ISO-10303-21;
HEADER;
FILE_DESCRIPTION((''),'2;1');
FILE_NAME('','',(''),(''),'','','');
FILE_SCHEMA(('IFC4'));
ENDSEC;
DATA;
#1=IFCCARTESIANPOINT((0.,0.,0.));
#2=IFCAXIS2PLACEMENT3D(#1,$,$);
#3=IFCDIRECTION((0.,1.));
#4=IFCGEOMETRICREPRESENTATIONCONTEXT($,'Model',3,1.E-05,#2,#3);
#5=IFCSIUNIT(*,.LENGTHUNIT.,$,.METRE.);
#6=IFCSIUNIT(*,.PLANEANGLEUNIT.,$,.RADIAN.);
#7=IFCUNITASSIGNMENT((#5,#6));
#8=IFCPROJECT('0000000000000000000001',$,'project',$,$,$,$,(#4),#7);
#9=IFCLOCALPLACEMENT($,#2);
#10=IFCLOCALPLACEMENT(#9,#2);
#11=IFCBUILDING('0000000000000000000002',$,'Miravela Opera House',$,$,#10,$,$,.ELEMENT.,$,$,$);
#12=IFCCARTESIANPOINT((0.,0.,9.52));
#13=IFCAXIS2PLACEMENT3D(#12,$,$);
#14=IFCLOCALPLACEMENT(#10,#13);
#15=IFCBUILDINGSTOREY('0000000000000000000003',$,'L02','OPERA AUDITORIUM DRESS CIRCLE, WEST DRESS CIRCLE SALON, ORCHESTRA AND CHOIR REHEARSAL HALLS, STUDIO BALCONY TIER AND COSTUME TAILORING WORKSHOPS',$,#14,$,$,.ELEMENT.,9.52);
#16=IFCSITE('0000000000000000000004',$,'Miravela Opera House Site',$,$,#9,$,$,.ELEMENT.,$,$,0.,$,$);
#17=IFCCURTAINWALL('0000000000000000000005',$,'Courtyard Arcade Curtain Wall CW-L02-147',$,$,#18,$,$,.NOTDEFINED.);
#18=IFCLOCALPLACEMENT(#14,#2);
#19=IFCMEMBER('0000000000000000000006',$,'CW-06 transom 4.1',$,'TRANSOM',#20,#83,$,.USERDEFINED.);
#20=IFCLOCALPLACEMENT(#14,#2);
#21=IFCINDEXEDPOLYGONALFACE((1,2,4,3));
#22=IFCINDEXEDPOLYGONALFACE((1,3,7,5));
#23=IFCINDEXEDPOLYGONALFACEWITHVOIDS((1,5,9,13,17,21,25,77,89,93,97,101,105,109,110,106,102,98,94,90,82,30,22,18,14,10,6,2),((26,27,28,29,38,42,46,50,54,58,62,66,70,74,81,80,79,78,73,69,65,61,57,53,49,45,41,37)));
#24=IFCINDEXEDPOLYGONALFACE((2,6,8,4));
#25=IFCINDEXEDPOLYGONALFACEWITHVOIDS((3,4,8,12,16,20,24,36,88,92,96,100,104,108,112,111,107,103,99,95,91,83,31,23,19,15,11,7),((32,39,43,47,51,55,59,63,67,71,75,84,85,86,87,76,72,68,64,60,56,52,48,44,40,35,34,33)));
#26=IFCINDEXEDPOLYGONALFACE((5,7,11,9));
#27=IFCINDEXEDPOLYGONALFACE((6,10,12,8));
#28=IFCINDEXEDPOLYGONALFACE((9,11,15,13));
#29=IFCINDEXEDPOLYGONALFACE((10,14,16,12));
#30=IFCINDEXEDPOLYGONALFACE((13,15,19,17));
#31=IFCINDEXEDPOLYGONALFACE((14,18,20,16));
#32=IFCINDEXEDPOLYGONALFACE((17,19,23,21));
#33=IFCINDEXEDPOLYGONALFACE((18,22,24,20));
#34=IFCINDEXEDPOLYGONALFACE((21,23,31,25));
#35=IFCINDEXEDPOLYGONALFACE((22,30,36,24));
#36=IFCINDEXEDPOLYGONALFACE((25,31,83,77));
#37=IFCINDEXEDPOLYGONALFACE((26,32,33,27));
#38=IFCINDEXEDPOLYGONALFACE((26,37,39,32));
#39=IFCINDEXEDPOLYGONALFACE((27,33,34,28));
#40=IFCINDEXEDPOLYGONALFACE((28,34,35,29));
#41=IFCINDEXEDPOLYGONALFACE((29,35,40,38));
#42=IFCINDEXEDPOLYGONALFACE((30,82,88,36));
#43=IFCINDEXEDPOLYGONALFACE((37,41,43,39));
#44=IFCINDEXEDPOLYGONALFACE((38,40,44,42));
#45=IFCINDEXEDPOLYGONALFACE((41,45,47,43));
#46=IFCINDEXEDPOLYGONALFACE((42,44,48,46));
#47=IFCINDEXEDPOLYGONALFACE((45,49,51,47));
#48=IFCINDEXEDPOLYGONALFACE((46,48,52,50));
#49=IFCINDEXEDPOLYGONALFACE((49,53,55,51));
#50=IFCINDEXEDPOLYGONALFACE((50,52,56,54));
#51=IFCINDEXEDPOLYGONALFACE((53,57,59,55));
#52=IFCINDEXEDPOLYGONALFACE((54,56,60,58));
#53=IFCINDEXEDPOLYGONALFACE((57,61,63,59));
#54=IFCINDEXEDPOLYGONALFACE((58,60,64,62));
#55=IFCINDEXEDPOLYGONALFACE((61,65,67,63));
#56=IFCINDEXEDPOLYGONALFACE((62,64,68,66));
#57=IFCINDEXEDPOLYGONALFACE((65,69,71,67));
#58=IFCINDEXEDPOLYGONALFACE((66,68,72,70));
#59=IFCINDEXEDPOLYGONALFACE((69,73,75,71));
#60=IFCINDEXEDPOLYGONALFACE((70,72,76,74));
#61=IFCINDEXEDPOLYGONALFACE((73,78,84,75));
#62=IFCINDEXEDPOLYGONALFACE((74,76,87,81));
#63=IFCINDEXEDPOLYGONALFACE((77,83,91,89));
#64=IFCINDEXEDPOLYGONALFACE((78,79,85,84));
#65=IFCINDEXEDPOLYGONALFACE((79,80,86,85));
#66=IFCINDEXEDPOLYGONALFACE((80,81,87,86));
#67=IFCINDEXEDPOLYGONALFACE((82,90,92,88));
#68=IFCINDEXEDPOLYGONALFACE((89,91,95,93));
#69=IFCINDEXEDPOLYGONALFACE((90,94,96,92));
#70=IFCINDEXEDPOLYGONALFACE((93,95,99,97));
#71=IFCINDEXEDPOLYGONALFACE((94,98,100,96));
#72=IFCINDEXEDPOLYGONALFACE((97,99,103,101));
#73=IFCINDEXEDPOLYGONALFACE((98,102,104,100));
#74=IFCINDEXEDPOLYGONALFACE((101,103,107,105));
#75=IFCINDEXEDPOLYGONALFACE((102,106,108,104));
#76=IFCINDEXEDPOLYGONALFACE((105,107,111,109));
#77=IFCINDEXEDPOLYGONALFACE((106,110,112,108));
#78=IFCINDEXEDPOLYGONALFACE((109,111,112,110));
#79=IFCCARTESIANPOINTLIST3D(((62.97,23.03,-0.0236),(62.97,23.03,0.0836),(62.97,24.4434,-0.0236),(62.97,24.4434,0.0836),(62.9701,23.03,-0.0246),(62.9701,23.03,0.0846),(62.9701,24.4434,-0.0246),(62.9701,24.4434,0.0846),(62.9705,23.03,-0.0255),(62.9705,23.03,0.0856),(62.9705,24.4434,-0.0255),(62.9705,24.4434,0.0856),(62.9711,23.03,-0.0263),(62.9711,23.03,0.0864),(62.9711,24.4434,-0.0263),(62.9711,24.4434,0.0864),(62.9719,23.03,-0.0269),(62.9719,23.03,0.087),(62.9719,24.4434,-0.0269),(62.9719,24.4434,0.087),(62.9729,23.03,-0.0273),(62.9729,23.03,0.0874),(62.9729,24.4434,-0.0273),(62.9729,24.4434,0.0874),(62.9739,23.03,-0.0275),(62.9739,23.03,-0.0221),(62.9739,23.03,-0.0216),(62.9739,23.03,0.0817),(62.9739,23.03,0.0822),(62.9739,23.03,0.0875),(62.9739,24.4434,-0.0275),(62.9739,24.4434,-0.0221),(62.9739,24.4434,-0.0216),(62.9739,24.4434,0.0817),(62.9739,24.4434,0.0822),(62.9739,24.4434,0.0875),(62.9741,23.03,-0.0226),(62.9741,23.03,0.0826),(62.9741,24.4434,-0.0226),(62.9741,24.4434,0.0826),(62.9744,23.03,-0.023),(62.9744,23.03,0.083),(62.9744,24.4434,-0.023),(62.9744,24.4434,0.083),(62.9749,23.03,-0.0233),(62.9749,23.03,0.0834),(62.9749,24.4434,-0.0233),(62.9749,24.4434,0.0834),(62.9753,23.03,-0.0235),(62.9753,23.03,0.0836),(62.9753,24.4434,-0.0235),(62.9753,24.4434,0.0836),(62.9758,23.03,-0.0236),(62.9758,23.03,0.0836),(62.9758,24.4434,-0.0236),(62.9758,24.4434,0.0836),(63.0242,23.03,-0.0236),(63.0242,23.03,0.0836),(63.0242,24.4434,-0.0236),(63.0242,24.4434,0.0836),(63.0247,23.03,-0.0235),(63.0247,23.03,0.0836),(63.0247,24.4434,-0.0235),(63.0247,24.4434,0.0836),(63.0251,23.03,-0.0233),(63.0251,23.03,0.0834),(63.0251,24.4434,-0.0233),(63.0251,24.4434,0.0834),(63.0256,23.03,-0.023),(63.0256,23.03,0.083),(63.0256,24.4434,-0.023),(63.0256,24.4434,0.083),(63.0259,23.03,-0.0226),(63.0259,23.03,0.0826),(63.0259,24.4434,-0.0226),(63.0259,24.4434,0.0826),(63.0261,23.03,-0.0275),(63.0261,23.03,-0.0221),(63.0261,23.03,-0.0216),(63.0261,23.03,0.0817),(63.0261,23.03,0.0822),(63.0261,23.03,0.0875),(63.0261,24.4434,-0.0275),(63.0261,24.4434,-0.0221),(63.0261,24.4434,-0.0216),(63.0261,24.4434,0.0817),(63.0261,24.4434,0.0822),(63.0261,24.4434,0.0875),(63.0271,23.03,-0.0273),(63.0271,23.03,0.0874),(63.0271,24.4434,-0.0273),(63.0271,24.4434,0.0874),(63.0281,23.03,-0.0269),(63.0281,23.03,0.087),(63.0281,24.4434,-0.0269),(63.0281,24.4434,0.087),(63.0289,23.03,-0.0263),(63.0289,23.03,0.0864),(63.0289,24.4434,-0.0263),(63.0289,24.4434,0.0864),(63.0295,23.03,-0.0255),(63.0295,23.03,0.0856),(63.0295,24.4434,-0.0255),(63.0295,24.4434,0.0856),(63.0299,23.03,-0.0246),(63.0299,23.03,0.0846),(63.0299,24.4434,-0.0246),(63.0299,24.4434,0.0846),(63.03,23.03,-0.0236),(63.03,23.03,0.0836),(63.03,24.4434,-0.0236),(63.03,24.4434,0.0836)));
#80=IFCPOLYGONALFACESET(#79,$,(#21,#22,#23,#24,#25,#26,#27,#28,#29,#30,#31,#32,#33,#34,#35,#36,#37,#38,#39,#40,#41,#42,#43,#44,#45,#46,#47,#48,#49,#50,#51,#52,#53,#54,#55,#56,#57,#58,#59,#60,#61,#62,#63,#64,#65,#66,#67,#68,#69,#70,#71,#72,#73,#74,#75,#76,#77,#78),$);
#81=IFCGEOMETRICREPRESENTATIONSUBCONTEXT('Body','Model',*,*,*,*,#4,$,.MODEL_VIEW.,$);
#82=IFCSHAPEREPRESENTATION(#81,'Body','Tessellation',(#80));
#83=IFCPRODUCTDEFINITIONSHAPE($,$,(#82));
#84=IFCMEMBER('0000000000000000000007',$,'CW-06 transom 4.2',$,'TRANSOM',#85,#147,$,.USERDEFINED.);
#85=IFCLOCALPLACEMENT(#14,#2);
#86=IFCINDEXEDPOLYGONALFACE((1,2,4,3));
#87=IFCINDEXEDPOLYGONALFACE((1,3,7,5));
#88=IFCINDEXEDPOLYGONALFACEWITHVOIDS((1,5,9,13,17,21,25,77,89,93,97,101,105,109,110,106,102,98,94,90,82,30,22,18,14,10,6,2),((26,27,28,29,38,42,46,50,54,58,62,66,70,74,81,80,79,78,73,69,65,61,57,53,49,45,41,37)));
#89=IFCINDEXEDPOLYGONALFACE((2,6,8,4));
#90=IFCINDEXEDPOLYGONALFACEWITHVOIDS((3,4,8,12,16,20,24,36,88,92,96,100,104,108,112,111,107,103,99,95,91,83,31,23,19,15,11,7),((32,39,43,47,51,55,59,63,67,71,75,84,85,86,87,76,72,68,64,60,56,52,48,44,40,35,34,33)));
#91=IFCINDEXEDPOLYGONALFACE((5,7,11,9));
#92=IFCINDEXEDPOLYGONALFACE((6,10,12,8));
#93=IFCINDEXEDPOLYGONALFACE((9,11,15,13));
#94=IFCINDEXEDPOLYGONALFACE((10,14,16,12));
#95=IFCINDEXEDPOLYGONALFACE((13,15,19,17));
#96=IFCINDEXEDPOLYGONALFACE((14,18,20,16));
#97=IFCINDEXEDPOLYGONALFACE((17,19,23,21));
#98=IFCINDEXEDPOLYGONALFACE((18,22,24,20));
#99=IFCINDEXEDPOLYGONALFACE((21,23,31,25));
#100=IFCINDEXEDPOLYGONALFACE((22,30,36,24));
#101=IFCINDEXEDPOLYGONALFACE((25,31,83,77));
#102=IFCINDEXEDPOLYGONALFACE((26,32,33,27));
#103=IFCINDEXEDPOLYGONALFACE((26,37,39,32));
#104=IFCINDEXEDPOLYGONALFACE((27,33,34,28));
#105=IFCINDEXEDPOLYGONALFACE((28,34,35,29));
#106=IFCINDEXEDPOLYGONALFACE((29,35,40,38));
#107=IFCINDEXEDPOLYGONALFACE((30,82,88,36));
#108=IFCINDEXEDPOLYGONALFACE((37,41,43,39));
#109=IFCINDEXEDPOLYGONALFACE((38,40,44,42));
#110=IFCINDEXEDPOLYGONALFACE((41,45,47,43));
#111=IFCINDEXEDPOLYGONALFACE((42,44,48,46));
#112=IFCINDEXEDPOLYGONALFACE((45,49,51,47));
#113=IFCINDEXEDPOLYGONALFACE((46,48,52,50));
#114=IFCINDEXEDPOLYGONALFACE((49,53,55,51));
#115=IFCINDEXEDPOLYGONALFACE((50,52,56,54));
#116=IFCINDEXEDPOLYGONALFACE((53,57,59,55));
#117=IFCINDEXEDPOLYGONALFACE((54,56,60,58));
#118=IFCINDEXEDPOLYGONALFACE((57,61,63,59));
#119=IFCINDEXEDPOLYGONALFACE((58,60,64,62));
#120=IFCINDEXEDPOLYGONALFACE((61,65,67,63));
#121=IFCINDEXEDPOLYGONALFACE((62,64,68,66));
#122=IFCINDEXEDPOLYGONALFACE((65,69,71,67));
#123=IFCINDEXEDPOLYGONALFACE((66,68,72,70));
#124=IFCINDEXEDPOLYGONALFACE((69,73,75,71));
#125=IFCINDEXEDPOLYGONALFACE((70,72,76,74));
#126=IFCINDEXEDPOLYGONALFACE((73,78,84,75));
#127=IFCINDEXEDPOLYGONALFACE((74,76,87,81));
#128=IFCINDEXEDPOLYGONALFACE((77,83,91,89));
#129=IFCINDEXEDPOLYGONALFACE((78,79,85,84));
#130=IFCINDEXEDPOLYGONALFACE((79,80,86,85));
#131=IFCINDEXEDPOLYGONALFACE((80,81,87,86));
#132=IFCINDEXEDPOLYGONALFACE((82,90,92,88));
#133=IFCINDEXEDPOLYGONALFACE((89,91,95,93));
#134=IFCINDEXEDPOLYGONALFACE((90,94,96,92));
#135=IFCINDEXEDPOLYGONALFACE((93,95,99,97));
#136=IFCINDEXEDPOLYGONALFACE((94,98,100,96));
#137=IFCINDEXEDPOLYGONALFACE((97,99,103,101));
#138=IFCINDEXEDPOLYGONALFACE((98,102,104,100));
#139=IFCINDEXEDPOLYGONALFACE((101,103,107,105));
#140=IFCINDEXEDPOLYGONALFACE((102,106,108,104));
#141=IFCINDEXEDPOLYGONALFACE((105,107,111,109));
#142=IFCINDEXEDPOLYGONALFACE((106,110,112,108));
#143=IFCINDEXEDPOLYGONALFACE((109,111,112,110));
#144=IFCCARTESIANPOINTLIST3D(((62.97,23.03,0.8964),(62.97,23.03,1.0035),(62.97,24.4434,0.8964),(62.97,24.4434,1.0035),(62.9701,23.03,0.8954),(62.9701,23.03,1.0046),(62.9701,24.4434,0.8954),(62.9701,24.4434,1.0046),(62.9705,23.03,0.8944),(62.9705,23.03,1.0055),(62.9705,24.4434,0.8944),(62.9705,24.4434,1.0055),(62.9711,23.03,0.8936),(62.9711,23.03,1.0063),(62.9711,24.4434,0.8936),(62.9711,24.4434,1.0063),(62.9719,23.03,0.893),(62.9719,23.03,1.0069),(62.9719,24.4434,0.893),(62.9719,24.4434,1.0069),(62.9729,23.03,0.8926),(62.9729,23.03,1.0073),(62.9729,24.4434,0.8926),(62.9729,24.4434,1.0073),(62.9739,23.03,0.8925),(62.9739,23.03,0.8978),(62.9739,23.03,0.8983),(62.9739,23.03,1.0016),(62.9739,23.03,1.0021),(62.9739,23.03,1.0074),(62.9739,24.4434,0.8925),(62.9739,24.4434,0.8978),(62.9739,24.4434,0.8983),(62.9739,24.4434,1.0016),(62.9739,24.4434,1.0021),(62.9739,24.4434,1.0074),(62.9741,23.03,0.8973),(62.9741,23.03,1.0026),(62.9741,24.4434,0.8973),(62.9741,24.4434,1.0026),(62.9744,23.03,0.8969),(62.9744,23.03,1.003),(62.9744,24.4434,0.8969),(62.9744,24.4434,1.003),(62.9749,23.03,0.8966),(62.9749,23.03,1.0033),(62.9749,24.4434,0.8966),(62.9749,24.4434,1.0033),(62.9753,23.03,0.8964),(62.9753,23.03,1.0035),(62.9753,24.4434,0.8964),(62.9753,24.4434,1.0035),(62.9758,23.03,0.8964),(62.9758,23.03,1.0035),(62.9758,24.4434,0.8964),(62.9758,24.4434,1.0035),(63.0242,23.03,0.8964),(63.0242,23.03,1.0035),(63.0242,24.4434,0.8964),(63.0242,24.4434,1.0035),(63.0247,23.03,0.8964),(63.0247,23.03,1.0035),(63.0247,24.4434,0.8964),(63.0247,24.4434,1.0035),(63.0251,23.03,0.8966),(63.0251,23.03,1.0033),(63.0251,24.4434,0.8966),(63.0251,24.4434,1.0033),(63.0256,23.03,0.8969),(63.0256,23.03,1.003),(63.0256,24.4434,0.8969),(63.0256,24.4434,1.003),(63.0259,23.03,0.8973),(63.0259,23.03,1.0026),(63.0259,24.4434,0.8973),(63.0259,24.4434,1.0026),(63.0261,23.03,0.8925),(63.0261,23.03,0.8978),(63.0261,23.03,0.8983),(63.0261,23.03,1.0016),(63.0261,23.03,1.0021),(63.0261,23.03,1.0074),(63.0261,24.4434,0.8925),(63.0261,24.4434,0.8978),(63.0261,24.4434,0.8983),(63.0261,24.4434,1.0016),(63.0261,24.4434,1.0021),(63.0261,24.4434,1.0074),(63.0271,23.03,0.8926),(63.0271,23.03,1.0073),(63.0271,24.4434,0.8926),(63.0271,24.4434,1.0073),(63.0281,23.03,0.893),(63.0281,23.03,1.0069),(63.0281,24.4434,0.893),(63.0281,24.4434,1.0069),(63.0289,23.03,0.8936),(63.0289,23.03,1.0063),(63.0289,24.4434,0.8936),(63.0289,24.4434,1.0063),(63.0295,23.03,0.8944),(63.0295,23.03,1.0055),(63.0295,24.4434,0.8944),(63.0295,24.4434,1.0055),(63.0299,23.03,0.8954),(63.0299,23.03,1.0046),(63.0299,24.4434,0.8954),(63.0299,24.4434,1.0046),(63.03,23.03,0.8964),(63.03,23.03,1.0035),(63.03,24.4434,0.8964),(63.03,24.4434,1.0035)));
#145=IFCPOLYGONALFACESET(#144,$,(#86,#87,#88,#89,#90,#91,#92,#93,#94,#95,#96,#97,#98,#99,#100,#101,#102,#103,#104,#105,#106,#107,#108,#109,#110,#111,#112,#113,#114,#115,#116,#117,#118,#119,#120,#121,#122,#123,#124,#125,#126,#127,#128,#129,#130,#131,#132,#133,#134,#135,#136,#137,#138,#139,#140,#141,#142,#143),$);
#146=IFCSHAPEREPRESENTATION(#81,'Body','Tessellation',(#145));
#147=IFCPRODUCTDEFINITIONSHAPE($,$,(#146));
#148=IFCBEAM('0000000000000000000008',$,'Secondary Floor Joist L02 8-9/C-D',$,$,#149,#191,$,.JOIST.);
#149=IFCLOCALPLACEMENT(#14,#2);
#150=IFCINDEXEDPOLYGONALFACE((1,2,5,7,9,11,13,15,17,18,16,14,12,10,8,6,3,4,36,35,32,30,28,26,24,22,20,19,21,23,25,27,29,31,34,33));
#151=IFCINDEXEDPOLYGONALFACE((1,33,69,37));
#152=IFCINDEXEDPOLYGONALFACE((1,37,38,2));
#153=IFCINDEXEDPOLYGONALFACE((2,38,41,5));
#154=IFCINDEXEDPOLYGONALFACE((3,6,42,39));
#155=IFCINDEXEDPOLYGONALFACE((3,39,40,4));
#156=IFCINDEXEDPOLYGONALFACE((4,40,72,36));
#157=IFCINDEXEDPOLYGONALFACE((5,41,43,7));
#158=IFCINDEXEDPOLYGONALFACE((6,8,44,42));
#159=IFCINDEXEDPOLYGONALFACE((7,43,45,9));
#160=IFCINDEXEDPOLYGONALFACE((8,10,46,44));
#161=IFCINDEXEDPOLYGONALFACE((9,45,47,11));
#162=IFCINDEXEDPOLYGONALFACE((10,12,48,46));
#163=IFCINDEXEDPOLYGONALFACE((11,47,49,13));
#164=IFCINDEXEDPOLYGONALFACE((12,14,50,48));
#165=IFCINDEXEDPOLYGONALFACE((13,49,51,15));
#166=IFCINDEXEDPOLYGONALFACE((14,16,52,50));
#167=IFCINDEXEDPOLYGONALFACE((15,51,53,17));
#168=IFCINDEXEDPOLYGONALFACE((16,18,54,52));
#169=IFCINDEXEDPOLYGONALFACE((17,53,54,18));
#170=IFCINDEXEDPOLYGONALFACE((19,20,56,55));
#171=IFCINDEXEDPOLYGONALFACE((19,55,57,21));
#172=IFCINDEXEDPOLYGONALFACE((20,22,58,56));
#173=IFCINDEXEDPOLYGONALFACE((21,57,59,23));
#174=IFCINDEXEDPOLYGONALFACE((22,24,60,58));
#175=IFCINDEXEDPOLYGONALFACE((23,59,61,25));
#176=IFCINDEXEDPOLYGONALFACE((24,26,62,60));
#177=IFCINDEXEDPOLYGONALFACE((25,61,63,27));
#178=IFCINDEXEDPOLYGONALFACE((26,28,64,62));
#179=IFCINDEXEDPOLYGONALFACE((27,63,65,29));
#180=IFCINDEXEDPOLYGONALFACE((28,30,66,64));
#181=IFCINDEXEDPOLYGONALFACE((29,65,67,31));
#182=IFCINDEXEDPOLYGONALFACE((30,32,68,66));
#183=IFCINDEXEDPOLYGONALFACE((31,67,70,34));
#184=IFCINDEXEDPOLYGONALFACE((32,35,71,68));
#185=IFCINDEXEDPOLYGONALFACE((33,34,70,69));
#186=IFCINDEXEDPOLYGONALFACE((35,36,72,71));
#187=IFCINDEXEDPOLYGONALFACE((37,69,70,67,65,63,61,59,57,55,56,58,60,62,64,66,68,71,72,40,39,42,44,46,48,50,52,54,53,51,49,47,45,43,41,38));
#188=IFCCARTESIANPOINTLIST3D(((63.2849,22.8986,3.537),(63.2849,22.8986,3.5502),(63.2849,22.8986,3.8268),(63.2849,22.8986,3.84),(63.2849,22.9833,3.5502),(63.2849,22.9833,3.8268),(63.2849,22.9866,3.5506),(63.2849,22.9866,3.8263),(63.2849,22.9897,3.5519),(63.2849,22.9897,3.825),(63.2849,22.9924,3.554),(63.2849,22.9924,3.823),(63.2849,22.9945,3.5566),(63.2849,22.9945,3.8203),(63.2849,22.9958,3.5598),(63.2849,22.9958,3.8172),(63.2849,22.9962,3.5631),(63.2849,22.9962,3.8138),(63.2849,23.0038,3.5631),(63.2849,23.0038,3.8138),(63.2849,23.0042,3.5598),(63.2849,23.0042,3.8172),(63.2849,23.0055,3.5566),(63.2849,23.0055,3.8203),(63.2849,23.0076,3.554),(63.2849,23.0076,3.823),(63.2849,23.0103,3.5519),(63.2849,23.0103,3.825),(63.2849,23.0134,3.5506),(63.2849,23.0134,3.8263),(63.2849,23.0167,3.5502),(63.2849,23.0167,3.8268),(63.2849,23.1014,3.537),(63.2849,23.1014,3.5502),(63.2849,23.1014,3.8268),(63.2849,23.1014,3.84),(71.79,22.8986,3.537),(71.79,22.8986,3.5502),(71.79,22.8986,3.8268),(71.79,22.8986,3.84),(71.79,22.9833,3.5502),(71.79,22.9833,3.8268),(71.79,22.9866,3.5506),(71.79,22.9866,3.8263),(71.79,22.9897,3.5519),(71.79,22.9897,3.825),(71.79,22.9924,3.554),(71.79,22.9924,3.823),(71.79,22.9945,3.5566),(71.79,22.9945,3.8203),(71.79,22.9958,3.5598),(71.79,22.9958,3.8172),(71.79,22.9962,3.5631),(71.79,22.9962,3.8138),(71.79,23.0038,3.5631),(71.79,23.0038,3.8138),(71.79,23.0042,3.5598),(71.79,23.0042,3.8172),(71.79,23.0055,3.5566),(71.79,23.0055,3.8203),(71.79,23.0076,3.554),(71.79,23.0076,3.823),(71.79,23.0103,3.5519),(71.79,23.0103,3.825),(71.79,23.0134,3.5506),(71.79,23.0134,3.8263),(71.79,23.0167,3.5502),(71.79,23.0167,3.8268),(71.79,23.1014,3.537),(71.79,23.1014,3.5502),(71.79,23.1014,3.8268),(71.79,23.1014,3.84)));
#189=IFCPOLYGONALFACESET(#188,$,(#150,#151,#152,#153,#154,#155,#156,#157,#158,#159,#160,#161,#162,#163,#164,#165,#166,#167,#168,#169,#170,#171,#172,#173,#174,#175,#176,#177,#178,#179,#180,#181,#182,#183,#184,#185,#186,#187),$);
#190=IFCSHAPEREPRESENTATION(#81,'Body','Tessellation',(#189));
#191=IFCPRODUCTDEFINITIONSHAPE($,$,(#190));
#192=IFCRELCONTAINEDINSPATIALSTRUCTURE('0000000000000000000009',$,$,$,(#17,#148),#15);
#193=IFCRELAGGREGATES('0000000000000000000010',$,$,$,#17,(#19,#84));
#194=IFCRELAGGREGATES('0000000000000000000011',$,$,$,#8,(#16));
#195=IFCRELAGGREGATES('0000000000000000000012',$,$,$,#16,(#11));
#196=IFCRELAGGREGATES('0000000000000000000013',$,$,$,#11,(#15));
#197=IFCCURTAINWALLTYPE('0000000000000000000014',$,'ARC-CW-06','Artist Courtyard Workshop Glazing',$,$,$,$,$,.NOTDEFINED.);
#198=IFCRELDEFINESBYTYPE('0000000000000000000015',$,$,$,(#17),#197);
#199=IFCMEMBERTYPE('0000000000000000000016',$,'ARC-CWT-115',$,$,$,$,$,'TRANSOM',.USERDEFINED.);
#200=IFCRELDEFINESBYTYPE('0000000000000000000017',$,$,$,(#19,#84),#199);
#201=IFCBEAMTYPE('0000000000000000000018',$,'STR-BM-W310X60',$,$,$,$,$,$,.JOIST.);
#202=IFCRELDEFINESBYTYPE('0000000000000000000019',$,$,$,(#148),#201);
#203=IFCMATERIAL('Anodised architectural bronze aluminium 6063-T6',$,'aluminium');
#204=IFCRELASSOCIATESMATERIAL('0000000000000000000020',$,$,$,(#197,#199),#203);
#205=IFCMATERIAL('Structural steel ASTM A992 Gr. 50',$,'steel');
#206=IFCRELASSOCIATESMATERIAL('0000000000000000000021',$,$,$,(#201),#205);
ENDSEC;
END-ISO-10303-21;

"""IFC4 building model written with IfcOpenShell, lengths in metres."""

from ifc_helpers import new_model, si_unit, direction, frame, origin, origin_2d, place, context, subcontext, project, spatial, hollow_rectangle, i_section, extrude, material, material_profile, profile_set, type_object, element, aggregate, save


model = new_model("IFC4")

# Units and contexts
model_context = context("Model", 3, precision=1e-05, world=origin(), true_north=direction((0.0, 1.0)))
body_context = subcontext(model_context, "Body", "Model", "MODEL_VIEW")
ifc_project = project(units=[si_unit("LENGTHUNIT", "METRE"), si_unit("PLANEANGLEUNIT", "RADIAN")], contexts=[model_context])

# Site, building, storey
site_placement = place(None, origin())
site = spatial("IfcSite", under=ifc_project, at=site_placement, Name="Miravela Opera House Site", CompositionType="ELEMENT", RefElevation=0.0)
building_placement = place(site_placement, origin())
building = spatial("IfcBuilding", under=site, at=building_placement, Name="Miravela Opera House", CompositionType="ELEMENT")
storey_placement = place(building_placement, frame((0.0, 0.0, 9.52)))
storey = spatial("IfcBuildingStorey", under=building, at=storey_placement, Name="L02", Description="OPERA AUDITORIUM DRESS CIRCLE, WEST DRESS CIRCLE SALON, ORCHESTRA AND CHOIR REHEARSAL HALLS, STUDIO BALCONY TIER AND COSTUME TAILORING WORKSHOPS", CompositionType="ELEMENT", Elevation=9.52)

# Curtain wall, members
ifc_material_1 = material(Name="Anodised architectural bronze aluminium 6063-T6", Category="aluminium")
curtain_wall_type = type_object("IfcCurtainWallType", Name="ARC-CW-06", Description="Artist Courtyard Workshop Glazing", PredefinedType="NOTDEFINED", material=ifc_material_1)
curtain_wall_placement = place(storey_placement, origin())
curtain_wall = element("IfcCurtainWall", 1, at=curtain_wall_placement, inside=storey, type_object=curtain_wall_type, Name="Courtyard Arcade Curtain Wall CW-L02-147", PredefinedType="NOTDEFINED")
ifc_material_profile_1 = material_profile(ifc_material_1, hollow_rectangle(XDim=0.0601, YDim=0.115, WallThickness=0.0039, InnerFilletRadius=0.002, OuterFilletRadius=0.0039, at=origin_2d()), Name="CWT-60X115")
ifc_profile_set_1 = profile_set([ifc_material_profile_1])
member_type_1 = type_object("IfcMemberType", Name="ARC-CWT-115", ElementType="TRANSOM", PredefinedType="USERDEFINED", material=ifc_profile_set_1)
member_1_placement = place(storey_placement, frame((63.0, 23.03, 0.03), z_axis=(0.0, 1.0, 0.0), x_axis=(-1.0, 0.0, 0.0)))
member_1 = element("IfcMember", 2, at=member_1_placement, type_object=member_type_1, Name="CW-06 transom 4.1", ObjectType="TRANSOM", PredefinedType="USERDEFINED", context=body_context, shape_type="SweptSolid", body=[
    extrude(hollow_rectangle(XDim=0.0601, YDim=0.115, WallThickness=0.0039, InnerFilletRadius=0.002, OuterFilletRadius=0.0039, at=origin_2d()), origin(), (0.0, 0.0, 1.0), 1.4133),
])
member_2_placement = place(storey_placement, frame((63.0, 23.03, 0.95), z_axis=(0.0, 1.0, 0.0), x_axis=(-1.0, 0.0, 0.0)))
member_2 = element("IfcMember", 3, at=member_2_placement, type_object=member_type_1, Name="CW-06 transom 4.2", ObjectType="TRANSOM", PredefinedType="USERDEFINED", context=body_context, shape_type="SweptSolid", body=[
    extrude(hollow_rectangle(XDim=0.0601, YDim=0.115, WallThickness=0.0039, InnerFilletRadius=0.002, OuterFilletRadius=0.0039, at=origin_2d()), origin(), (0.0, 0.0, 1.0), 1.4133),
])

# Beam
ifc_material_2 = material(Name="Structural steel ASTM A992 Gr. 50", Category="steel")
ifc_material_profile_2 = material_profile(ifc_material_2, i_section(OverallWidth=0.2029, OverallDepth=0.303, WebThickness=0.0076, FlangeThickness=0.0132, FilletRadius=0.0129, at=origin_2d()), Name="W310X60")
ifc_profile_set_2 = profile_set([ifc_material_profile_2])
beam_type = type_object("IfcBeamType", Name="STR-BM-W310X60", PredefinedType="JOIST", material=ifc_profile_set_2)
beam_placement = place(storey_placement, frame((63.2849, 23.0, 3.6885), z_axis=(1.0, 0.0, 0.0), x_axis=(0.0, 1.0, 0.0)))
element("IfcBeam", 4, at=beam_placement, inside=storey, type_object=beam_type, Name="Secondary Floor Joist L02 8-9/C-D", PredefinedType="JOIST", context=body_context, shape_type="SweptSolid", body=[
    extrude(i_section(OverallWidth=0.2029, OverallDepth=0.303, WebThickness=0.0076, FlangeThickness=0.0132, FilletRadius=0.0129, at=origin_2d()), origin(), (0.0, 0.0, 1.0), 8.5051),
])

aggregate(curtain_wall, [member_1, member_2])

save(model, "model.ifc")
